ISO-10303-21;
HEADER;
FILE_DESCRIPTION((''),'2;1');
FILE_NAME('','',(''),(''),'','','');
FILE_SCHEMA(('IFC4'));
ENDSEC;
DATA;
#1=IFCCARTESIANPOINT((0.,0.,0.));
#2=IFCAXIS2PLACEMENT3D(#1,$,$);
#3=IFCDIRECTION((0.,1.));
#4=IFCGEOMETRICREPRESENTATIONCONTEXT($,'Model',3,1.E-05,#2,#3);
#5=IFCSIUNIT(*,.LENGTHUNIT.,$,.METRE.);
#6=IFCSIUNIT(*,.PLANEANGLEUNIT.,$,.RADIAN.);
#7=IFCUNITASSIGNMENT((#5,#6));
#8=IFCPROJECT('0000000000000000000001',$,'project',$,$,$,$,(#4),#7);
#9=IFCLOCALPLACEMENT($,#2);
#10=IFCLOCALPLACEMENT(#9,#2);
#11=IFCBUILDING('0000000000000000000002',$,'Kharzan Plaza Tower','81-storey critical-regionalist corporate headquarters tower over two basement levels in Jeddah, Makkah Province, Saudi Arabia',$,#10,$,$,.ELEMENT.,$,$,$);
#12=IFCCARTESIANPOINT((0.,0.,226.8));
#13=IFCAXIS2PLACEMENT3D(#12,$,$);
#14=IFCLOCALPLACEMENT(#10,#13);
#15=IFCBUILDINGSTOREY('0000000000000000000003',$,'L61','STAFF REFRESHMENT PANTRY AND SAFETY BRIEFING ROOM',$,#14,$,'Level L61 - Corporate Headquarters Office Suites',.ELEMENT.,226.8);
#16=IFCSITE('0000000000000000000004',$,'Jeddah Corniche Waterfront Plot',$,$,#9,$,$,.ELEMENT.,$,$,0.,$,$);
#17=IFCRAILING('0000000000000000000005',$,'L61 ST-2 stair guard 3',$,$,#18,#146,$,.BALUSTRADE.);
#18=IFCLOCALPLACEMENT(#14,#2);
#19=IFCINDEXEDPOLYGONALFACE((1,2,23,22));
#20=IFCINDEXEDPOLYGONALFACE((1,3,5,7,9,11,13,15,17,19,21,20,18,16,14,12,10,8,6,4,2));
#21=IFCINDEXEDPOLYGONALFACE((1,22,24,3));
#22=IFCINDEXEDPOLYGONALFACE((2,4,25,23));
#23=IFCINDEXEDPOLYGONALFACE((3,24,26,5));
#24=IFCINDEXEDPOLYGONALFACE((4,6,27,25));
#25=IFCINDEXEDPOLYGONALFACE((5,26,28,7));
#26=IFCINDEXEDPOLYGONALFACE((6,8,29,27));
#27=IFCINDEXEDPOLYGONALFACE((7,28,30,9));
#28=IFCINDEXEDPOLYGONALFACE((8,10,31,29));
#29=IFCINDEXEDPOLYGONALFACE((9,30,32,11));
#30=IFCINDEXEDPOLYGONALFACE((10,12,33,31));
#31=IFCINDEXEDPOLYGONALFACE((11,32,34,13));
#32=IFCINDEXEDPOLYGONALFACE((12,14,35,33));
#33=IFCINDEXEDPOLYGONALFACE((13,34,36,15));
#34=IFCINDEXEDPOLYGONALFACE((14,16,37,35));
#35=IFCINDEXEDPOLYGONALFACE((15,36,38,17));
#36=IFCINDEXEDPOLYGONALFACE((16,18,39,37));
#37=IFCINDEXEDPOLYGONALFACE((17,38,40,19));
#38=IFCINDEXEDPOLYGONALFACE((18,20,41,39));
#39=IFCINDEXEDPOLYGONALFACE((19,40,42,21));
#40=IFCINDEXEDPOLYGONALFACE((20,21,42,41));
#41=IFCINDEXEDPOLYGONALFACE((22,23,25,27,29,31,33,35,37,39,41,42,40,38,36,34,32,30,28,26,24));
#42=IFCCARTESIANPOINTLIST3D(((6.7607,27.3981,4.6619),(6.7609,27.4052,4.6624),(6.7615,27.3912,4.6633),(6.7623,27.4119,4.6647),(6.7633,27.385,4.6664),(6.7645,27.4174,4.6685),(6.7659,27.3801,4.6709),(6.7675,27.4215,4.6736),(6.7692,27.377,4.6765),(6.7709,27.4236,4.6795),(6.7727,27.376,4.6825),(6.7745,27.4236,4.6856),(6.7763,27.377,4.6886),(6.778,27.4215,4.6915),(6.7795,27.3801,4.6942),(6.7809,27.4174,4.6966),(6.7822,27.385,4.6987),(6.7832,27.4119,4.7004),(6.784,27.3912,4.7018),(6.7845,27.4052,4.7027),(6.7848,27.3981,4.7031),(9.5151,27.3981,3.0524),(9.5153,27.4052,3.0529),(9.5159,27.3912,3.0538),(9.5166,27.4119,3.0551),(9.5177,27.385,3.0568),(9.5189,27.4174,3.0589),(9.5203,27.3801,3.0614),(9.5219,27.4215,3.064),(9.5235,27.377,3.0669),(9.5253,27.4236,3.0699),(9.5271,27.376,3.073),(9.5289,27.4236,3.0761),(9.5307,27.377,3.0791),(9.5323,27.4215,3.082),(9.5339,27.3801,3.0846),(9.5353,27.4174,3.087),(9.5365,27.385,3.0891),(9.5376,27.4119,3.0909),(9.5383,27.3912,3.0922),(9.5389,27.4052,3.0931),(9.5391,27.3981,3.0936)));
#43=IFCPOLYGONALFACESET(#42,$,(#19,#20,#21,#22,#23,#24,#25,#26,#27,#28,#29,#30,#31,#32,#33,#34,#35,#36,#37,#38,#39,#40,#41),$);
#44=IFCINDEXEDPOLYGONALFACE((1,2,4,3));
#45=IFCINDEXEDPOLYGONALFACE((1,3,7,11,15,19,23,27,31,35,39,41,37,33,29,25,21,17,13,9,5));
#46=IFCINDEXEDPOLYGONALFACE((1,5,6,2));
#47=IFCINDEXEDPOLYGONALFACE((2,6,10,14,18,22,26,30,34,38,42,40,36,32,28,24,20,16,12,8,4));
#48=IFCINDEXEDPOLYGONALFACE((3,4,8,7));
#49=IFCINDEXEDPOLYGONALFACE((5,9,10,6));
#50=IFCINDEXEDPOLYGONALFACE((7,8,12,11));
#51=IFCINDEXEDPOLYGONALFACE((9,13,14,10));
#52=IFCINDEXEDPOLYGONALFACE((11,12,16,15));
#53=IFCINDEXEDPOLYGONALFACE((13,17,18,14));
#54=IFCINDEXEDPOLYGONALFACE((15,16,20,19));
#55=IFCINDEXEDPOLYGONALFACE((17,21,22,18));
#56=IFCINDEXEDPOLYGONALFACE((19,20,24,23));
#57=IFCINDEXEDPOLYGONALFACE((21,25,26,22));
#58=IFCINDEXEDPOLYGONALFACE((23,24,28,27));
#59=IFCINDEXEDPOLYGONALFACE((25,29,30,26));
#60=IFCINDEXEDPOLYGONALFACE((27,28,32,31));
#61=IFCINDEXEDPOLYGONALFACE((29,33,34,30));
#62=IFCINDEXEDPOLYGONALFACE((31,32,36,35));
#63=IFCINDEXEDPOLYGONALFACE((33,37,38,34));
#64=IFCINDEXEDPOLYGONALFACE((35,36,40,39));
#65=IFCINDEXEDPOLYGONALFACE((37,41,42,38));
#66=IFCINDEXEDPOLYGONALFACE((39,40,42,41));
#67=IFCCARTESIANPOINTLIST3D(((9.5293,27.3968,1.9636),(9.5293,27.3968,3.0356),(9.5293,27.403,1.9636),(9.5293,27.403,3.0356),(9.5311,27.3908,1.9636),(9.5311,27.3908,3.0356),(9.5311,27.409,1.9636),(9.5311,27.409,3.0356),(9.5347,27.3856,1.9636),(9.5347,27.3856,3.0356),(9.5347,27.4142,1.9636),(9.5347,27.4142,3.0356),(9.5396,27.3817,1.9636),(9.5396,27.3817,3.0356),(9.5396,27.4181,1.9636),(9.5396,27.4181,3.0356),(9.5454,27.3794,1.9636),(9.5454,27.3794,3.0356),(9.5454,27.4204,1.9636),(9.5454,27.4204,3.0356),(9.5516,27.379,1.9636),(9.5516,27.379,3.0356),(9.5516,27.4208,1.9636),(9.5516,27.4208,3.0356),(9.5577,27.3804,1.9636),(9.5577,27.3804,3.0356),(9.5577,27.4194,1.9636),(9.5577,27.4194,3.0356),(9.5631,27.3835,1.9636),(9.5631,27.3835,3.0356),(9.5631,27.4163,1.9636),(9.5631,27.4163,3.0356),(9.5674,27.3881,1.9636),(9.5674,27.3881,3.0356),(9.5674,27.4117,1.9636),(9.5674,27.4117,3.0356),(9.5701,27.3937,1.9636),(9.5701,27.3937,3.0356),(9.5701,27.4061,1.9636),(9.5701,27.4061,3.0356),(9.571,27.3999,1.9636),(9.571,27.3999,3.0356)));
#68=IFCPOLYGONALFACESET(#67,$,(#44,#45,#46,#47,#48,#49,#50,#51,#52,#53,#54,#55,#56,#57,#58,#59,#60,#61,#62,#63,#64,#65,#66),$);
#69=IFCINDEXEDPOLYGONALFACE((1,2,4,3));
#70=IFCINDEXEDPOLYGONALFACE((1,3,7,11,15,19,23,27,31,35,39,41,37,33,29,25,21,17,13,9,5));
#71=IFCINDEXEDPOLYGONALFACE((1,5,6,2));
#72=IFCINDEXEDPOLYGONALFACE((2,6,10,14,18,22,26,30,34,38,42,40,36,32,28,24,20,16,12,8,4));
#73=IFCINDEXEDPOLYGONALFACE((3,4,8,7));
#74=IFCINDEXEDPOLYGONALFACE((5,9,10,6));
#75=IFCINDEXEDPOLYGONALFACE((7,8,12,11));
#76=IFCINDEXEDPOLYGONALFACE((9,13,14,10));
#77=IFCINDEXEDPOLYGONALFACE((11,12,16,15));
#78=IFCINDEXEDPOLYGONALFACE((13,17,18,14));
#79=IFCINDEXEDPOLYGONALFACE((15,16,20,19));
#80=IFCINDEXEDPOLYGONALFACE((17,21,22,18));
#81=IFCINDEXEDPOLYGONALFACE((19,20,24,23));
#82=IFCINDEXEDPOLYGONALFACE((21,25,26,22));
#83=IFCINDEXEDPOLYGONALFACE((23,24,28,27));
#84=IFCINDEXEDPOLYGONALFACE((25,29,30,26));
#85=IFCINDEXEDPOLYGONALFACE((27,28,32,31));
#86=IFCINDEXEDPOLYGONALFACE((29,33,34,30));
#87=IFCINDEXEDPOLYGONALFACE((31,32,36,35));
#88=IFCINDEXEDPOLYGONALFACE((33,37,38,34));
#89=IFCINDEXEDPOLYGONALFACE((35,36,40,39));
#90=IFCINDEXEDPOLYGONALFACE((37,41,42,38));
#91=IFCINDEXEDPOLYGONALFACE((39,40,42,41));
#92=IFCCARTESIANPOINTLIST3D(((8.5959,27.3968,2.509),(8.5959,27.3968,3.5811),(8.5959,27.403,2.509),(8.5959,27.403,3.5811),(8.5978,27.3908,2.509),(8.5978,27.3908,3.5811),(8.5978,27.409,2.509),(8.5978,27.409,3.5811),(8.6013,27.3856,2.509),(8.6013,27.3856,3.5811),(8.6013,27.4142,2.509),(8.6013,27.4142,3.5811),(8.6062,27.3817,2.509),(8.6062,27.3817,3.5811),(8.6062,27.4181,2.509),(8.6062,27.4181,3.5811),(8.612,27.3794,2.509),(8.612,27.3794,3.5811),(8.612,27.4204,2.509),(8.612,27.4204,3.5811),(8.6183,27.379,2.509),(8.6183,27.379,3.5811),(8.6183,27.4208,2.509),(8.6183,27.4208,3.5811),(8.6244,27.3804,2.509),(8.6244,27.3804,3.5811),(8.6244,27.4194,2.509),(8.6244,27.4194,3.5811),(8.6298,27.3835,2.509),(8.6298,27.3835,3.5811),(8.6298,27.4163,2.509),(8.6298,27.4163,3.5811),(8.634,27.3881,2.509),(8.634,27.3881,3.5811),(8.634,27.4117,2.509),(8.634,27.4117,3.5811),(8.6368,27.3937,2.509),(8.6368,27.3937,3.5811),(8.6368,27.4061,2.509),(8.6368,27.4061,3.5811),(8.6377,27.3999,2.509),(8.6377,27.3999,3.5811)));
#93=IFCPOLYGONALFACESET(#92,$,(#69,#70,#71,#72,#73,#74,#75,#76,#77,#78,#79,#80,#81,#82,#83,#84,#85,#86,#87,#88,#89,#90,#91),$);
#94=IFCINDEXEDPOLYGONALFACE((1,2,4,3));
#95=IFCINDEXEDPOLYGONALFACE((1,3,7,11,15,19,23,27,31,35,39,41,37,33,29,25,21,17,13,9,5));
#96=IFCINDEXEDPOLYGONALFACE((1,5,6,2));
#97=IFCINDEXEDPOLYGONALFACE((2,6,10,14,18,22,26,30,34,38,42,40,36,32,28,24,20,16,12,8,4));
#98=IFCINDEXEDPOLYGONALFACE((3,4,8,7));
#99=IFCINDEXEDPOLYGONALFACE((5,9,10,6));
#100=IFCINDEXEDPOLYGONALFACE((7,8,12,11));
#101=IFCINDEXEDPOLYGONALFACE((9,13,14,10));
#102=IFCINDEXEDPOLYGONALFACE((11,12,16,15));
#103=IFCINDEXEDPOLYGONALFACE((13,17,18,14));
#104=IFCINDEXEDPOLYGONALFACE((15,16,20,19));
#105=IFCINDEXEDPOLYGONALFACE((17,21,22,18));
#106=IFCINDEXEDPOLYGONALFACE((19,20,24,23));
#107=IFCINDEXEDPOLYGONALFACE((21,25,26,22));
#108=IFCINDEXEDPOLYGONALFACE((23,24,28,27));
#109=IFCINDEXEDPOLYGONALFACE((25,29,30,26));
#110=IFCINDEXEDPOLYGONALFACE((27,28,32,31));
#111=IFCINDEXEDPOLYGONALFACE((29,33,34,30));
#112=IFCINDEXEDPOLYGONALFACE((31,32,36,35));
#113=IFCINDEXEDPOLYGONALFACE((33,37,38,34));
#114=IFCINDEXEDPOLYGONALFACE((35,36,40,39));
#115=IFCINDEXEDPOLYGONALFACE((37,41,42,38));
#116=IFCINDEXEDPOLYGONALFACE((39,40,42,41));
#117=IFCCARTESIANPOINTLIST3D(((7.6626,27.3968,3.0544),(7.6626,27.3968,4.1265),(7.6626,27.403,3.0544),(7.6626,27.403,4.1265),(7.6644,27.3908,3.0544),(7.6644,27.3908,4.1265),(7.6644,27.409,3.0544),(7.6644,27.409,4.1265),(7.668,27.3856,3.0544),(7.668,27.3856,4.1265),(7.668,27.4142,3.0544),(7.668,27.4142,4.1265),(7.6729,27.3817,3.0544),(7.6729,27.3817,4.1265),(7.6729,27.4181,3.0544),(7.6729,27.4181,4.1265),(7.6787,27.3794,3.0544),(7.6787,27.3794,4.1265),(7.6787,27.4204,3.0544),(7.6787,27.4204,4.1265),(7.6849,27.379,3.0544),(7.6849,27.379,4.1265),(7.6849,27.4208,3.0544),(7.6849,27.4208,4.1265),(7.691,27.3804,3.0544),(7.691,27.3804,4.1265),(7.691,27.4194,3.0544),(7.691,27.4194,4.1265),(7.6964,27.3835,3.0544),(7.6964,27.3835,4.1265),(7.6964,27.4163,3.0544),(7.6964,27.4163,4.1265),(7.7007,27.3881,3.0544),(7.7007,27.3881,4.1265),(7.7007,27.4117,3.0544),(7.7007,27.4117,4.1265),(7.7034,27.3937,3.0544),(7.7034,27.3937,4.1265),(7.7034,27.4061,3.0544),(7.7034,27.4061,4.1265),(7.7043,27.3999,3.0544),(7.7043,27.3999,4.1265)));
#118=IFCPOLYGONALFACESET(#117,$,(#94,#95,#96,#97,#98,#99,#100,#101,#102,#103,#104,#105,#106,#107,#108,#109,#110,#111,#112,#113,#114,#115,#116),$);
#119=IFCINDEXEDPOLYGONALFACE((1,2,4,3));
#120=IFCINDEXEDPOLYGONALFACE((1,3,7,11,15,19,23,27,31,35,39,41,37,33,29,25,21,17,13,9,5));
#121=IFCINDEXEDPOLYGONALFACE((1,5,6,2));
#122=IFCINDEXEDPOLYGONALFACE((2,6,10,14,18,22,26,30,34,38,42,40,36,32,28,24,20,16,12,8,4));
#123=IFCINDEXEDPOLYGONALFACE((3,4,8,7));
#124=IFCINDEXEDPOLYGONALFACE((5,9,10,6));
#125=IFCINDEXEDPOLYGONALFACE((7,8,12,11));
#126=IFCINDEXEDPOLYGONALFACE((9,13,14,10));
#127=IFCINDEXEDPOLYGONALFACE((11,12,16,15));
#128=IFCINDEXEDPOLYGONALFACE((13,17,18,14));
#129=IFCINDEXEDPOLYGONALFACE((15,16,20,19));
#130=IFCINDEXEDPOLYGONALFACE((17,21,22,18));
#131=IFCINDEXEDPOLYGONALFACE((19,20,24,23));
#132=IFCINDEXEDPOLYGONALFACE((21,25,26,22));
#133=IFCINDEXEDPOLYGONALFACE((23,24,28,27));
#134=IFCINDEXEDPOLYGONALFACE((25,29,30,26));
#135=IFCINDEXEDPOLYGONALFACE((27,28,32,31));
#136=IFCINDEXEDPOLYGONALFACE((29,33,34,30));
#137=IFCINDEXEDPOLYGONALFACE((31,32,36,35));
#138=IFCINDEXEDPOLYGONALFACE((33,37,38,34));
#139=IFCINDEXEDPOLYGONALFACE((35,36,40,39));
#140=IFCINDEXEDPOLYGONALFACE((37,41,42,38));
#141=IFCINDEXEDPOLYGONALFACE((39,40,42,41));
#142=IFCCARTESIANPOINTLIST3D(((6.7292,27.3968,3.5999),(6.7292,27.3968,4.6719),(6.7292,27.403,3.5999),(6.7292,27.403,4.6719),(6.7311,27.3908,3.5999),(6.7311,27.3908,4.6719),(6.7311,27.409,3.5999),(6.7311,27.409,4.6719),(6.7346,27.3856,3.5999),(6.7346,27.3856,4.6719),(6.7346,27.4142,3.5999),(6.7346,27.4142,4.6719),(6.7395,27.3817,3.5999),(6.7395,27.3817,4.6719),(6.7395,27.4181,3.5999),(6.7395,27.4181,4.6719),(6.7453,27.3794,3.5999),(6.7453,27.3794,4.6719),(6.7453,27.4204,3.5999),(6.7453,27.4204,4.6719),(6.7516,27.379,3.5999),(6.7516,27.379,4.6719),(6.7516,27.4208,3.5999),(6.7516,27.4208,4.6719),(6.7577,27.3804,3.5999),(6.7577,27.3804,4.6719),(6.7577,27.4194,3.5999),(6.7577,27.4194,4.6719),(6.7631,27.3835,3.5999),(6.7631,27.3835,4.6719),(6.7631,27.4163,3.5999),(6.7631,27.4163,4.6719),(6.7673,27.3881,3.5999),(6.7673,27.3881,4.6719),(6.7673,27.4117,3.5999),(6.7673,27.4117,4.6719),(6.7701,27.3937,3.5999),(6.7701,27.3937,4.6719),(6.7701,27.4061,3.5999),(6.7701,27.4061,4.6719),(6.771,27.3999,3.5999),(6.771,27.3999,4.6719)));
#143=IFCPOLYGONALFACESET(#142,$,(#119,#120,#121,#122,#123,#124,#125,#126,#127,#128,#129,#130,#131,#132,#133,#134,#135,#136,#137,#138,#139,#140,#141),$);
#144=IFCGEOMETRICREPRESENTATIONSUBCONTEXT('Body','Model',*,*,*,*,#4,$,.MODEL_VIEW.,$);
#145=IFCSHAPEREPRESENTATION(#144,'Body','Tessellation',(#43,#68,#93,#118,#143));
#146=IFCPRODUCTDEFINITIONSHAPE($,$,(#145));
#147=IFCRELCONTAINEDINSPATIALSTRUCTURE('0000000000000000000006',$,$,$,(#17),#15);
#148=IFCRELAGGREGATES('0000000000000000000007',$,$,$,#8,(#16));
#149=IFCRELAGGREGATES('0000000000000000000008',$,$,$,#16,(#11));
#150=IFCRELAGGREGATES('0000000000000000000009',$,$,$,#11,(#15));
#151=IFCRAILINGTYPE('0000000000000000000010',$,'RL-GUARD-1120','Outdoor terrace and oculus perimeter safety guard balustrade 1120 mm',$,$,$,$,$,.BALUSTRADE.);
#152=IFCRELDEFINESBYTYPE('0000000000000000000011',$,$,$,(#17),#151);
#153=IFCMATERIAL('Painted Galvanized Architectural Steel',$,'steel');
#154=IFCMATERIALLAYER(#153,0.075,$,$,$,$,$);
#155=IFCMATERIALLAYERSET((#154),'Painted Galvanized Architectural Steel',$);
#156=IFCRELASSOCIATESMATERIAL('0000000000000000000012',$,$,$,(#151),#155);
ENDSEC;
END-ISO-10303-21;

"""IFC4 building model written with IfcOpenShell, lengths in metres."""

from ifc_helpers import new_model, si_unit, direction, frame, origin, origin_2d, place, context, subcontext, project, spatial, circle, extrude, source, transform, mapped, material, layer, layer_set, type_object, element, save


model = new_model("IFC4")

# Units and contexts
model_context = context("Model", 3, precision=1e-05, world=origin(), true_north=direction((0.0, 1.0)))
body_context = subcontext(model_context, "Body", "Model", "MODEL_VIEW")
ifc_project = project(units=[si_unit("LENGTHUNIT", "METRE"), si_unit("PLANEANGLEUNIT", "RADIAN")], contexts=[model_context])

# Site, building, storey
site_placement = place(None, origin())
site = spatial("IfcSite", under=ifc_project, at=site_placement, Name="Jeddah Corniche Waterfront Plot", CompositionType="ELEMENT", RefElevation=0.0)
building_placement = place(site_placement, origin())
building = spatial("IfcBuilding", under=site, at=building_placement, Name="Kharzan Plaza Tower", Description="81-storey critical-regionalist corporate headquarters tower over two basement levels in Jeddah, Makkah Province, Saudi Arabia", CompositionType="ELEMENT")
storey_placement = place(building_placement, frame((0.0, 0.0, 226.8)))
storey = spatial("IfcBuildingStorey", under=building, at=storey_placement, Name="L61", Description="STAFF REFRESHMENT PANTRY AND SAFETY BRIEFING ROOM", LongName="Level L61 - Corporate Headquarters Office Suites", CompositionType="ELEMENT", Elevation=226.8)

# Railing
ifc_material_1 = material(Name="Painted Galvanized Architectural Steel", Category="steel")
ifc_layer_1 = layer(ifc_material_1, 0.075)
ifc_layer_set_1 = layer_set([ifc_layer_1], Name="Painted Galvanized Architectural Steel")
railing_type_1 = type_object("IfcRailingType", Name="RL-GUARD-1120", Description="Outdoor terrace and oculus perimeter safety guard balustrade 1120 mm", PredefinedType="BALUSTRADE", material=ifc_layer_set_1)
shared_shape_1 = source(origin(), body_context, "Body", "SweptSolid", [
    extrude(circle(Radius=0.0239, at=origin_2d()), frame((-0.0229, 0.0, 1.1094), z_axis=(-0.863394, 0.0, 0.504531), x_axis=(0.0, -1.0, 0.0)), (0.0, 0.0, 1.0), 3.1902),
    extrude(circle(Radius=0.021, at=origin_2d()), origin(), (0.0, 0.0, 1.0), 1.072),
    extrude(circle(Radius=0.021, at=origin_2d()), frame((-0.9333, 0.0, 0.5454)), (0.0, 0.0, 1.0), 1.072),
    extrude(circle(Radius=0.021, at=origin_2d()), frame((-1.8667, 0.0, 1.0908)), (0.0, 0.0, 1.0), 1.072),
    extrude(circle(Radius=0.021, at=origin_2d()), frame((-2.8, 0.0, 1.6362)), (0.0, 0.0, 1.0), 1.072),
])
railing_1_placement = place(storey_placement, frame((9.55, 27.3999, 1.9636)))
element("IfcRailing", 1, at=railing_1_placement, inside=storey, type_object=railing_type_1, Name="L61 ST-2 stair guard 3", PredefinedType="BALUSTRADE", context=body_context, shape_type="MappedRepresentation", body=[
    mapped(shared_shape_1, transform((0.0, 0.0, 0.0), x_axis=(1.0, 0.0, 0.0), y_axis=(0.0, 1.0, 0.0), z_axis=(0.0, 0.0, 1.0))),
])

save(model, "model.ifc")
